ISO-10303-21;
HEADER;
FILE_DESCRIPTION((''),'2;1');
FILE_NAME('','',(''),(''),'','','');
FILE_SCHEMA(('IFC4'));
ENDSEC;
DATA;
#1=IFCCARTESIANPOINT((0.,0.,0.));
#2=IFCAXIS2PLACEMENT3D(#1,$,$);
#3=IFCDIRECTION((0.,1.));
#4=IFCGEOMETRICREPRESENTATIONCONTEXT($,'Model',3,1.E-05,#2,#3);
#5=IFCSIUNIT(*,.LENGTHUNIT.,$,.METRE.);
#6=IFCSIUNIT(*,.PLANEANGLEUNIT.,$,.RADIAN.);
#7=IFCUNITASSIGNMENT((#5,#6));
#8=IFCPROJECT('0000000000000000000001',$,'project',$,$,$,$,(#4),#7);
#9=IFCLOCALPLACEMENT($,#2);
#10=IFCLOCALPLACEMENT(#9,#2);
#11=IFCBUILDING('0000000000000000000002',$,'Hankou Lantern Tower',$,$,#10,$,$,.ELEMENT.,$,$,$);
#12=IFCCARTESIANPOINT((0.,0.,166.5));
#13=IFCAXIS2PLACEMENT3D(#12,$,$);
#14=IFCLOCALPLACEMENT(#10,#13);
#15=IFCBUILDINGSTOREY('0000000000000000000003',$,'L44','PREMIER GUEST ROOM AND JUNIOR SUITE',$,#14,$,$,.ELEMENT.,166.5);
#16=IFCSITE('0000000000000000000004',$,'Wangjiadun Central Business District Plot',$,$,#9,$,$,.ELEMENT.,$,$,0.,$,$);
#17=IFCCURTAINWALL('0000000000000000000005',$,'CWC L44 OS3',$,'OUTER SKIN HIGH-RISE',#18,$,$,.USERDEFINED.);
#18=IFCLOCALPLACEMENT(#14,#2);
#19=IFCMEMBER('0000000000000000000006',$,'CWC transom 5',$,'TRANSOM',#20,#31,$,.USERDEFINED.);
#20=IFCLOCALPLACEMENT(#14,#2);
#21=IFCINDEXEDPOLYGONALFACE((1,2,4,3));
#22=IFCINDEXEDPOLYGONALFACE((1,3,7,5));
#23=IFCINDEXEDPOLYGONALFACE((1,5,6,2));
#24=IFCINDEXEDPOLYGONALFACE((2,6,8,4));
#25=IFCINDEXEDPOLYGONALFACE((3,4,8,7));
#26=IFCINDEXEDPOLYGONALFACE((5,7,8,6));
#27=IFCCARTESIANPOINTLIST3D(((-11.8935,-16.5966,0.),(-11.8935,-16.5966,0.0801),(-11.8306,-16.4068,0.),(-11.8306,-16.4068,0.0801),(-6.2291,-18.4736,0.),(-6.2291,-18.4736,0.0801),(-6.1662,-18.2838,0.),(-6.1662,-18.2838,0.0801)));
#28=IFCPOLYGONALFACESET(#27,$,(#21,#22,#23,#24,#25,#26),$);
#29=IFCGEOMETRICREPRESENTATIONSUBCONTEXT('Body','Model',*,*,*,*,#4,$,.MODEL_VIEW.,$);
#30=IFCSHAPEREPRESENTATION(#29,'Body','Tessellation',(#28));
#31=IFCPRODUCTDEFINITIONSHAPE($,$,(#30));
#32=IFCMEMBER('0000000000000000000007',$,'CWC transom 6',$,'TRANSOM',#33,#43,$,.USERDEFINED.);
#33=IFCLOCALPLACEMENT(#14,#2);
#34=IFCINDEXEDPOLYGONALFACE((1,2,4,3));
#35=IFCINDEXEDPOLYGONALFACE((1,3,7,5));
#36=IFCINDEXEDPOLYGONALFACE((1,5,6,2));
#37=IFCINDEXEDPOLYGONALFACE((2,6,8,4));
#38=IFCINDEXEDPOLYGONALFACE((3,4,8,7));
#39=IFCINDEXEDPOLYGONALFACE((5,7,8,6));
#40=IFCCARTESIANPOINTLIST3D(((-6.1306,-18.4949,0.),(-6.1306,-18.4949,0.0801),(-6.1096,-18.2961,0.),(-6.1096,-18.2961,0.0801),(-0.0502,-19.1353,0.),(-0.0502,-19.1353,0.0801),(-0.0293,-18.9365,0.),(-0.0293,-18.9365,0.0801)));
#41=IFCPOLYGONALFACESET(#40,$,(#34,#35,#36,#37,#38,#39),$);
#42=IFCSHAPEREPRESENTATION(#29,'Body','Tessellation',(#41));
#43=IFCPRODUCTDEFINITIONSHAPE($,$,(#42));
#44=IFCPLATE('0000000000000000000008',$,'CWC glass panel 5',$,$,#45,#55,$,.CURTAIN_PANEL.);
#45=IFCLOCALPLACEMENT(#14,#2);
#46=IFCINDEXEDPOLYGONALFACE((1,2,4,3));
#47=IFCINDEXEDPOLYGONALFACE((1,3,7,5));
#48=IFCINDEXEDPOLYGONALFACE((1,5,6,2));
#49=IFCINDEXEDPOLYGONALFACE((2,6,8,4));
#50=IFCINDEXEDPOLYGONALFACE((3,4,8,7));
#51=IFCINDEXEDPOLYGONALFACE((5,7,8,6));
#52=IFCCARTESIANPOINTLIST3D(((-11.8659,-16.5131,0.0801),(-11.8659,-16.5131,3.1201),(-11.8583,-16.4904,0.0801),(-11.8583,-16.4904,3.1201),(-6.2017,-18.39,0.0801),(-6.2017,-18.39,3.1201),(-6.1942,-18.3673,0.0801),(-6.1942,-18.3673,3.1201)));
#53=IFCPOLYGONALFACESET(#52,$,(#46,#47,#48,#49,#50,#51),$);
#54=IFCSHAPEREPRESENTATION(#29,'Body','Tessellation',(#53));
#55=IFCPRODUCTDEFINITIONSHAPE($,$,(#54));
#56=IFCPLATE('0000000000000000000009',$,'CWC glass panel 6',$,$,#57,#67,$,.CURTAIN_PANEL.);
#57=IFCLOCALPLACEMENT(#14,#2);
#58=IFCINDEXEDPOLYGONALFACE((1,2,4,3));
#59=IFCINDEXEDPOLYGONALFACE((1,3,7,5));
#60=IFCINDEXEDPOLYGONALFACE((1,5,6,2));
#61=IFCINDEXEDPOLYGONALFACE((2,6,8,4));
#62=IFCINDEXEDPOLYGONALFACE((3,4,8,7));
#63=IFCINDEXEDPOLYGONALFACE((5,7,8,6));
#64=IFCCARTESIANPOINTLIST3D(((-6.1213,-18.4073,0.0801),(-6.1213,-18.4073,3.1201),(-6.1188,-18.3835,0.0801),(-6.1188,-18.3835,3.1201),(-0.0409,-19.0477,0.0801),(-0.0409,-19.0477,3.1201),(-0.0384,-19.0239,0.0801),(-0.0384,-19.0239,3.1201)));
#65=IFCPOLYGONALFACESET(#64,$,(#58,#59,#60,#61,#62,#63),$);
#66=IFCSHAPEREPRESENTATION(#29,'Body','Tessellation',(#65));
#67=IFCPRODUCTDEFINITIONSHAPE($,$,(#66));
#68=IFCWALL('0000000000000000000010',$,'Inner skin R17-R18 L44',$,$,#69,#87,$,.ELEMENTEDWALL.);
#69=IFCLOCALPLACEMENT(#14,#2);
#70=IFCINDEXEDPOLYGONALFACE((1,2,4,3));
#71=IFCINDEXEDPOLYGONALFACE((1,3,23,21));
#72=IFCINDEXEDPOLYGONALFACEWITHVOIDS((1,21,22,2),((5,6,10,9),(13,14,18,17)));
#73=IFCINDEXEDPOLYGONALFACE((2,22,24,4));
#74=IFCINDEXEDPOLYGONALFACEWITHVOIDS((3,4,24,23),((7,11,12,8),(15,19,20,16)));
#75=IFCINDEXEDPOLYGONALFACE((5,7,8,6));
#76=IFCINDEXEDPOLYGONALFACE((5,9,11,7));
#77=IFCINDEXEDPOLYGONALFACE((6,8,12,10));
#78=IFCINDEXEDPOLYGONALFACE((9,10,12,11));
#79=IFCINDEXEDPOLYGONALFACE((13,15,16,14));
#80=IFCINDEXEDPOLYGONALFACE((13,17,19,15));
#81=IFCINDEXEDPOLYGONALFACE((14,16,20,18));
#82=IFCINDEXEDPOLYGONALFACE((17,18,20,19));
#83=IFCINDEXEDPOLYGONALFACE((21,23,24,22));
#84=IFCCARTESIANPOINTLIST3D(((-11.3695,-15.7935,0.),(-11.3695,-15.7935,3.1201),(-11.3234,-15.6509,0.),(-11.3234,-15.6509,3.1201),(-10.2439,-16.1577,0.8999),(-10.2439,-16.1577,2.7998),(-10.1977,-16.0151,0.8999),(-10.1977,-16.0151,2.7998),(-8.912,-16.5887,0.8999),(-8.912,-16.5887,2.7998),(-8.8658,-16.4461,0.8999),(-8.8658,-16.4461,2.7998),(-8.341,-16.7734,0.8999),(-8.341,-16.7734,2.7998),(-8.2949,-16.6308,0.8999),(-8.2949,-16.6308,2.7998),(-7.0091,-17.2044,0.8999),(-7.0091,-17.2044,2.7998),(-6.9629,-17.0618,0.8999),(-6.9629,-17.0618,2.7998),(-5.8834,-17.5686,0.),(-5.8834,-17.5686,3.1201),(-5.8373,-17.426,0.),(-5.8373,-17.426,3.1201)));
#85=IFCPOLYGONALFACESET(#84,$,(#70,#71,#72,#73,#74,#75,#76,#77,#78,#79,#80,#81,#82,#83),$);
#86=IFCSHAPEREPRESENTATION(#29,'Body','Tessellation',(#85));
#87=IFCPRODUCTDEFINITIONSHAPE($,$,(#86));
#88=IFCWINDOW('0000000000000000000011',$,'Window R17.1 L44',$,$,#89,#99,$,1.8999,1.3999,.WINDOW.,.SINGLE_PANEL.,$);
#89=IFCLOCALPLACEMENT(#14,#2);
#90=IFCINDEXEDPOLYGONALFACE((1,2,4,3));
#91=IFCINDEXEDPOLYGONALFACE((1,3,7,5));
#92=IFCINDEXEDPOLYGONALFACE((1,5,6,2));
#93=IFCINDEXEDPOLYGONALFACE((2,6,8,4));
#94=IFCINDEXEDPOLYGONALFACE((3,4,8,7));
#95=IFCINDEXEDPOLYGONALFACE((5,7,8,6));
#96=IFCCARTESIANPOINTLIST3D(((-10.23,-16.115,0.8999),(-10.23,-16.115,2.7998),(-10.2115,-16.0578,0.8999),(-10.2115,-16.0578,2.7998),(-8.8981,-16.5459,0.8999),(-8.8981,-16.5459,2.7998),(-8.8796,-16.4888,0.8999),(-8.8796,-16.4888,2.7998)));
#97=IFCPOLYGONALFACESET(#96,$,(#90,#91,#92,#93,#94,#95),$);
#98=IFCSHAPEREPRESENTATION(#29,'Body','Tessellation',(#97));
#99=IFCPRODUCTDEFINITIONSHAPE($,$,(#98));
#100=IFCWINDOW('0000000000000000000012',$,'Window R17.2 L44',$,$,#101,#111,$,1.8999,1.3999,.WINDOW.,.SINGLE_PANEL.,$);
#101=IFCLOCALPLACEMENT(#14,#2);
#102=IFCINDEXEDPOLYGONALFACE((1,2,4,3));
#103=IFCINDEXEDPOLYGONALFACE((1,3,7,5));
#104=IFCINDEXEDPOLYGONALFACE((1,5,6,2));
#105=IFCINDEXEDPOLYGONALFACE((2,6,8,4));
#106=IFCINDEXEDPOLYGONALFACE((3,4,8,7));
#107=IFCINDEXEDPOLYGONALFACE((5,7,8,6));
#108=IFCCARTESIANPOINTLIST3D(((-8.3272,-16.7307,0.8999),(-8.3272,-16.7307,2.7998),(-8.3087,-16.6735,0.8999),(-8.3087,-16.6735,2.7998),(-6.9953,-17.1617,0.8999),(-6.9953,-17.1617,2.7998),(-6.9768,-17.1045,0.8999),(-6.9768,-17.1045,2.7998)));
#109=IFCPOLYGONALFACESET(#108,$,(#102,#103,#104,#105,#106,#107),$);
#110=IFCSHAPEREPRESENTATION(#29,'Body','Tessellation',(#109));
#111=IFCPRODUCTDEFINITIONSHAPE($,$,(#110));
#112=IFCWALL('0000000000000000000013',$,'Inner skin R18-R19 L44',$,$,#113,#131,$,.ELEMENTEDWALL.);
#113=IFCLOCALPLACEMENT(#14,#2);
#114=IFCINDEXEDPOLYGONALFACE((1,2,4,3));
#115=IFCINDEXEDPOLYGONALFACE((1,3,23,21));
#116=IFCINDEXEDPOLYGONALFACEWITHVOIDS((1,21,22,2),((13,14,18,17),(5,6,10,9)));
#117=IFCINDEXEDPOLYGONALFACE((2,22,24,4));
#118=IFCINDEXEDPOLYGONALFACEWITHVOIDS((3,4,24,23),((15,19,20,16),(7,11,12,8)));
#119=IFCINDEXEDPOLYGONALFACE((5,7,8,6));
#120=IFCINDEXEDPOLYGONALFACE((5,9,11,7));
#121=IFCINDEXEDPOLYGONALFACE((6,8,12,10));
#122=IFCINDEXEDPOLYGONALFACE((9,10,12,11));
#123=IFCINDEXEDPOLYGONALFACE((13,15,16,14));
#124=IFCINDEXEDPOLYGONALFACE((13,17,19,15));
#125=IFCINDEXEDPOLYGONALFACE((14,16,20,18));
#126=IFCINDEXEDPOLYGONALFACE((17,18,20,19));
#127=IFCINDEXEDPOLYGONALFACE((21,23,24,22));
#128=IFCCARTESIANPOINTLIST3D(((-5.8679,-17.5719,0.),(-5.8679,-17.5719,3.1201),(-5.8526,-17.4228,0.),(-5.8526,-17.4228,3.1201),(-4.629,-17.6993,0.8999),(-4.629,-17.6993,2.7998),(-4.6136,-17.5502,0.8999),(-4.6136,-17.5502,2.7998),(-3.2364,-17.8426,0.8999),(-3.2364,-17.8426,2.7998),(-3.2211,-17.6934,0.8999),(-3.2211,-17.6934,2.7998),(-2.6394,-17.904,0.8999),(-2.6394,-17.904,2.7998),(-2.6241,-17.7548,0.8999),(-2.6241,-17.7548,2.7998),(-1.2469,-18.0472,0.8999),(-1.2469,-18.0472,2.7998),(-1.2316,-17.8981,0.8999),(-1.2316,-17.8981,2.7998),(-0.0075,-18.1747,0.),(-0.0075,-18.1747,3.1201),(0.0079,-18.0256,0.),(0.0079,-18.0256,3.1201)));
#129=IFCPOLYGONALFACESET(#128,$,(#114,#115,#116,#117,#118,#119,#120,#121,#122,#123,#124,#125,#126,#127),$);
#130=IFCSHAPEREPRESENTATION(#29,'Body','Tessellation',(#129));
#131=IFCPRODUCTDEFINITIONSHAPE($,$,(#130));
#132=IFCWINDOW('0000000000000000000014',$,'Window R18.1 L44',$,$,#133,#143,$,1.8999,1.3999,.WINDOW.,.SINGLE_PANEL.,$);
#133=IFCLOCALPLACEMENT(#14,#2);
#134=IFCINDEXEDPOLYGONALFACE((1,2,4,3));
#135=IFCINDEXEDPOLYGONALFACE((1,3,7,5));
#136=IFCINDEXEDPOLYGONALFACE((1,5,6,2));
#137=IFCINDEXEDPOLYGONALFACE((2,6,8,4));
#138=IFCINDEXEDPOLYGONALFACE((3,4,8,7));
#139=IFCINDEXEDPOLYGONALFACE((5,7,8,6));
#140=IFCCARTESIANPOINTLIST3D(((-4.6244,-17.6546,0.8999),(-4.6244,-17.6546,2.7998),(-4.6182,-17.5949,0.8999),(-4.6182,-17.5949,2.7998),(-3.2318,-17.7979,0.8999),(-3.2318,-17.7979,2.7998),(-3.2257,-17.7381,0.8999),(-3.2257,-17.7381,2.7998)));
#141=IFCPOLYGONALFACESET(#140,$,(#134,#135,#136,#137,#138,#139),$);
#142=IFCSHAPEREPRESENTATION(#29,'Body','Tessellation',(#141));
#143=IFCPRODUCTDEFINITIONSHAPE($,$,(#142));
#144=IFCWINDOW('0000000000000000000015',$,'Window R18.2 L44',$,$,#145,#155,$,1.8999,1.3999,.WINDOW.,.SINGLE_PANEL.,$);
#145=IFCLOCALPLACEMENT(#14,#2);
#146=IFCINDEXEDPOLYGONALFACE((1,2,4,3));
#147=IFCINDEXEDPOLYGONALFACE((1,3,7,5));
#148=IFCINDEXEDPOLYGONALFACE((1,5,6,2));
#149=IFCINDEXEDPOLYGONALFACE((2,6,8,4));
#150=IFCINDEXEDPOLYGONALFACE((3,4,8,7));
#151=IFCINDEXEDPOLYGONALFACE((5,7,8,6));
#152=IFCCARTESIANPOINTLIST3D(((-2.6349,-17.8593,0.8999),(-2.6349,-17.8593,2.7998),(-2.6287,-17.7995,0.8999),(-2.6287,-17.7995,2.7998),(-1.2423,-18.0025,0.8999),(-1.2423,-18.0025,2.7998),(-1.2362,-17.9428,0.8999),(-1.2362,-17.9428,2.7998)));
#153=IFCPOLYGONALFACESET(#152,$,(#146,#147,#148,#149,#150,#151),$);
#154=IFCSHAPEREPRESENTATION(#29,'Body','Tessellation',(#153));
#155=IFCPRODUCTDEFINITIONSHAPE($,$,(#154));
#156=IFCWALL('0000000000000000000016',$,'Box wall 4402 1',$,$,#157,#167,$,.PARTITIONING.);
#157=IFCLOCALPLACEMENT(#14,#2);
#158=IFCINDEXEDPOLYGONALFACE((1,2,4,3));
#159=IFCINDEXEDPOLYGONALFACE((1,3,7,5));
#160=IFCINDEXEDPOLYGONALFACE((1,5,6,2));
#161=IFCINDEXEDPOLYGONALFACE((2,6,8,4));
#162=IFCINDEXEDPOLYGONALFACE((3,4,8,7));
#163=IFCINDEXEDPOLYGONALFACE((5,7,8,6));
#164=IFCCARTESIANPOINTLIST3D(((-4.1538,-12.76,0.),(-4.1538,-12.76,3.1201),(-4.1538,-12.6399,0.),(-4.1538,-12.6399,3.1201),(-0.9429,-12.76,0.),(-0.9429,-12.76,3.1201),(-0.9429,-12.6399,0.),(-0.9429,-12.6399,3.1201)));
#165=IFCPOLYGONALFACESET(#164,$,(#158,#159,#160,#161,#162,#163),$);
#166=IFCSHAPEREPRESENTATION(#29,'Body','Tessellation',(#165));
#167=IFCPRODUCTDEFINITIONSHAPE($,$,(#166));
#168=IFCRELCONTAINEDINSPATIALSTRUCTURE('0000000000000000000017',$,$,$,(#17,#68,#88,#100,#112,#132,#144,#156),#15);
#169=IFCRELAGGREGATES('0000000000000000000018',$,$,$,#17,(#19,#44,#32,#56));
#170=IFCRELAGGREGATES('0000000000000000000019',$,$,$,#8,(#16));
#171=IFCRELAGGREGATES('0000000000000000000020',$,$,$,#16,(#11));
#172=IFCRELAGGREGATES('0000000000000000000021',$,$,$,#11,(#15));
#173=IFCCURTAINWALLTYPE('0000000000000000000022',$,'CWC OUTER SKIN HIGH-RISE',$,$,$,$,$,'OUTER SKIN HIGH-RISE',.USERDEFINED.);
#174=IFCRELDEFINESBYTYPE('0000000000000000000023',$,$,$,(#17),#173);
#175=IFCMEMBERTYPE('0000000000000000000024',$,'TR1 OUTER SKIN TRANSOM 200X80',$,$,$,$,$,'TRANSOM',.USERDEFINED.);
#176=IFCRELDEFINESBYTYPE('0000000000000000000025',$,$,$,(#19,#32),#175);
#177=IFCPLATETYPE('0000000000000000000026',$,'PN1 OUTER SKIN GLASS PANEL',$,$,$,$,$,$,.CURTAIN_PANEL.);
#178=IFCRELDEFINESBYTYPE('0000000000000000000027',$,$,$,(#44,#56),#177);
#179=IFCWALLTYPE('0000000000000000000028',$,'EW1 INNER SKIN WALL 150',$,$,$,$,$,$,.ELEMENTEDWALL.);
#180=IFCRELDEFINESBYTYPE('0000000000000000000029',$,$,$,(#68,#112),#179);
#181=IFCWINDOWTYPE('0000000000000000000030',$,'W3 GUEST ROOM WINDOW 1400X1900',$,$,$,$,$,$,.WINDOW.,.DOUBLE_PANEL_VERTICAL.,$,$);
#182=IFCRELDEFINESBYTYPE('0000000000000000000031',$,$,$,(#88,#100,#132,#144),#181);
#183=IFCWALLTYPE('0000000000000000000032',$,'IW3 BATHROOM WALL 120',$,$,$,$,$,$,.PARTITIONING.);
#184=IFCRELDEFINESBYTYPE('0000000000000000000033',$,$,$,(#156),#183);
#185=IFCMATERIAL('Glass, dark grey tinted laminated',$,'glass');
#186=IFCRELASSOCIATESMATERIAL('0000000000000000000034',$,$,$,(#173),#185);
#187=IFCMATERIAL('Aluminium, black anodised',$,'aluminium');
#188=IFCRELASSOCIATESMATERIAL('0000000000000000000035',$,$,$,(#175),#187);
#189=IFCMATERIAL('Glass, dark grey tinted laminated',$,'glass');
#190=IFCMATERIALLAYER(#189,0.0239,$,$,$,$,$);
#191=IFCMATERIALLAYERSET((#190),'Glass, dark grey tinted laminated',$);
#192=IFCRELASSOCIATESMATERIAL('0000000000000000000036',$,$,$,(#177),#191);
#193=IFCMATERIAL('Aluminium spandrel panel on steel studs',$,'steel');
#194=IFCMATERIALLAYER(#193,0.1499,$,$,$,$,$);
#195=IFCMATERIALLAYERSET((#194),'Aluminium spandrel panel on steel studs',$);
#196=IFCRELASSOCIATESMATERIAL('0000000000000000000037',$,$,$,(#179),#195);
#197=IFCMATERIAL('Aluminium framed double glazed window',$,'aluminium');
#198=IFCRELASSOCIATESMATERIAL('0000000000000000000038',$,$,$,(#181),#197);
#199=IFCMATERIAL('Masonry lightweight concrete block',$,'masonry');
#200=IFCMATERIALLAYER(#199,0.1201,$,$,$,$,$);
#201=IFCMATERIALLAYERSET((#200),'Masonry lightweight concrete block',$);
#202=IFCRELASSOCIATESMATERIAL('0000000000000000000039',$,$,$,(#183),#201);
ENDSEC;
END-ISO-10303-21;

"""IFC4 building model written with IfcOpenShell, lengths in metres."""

from ifc_helpers import new_model, si_unit, direction, frame, frame_2d, origin, origin_2d, place, context, subcontext, project, spatial, rectangle, extrude, material, layer, layer_set, material_profile, profile_set, type_object, element, fill, aggregate, save


model = new_model("IFC4")

# Units and contexts
model_context = context("Model", 3, precision=1e-05, world=origin(), true_north=direction((0.0, 1.0)))
body_context = subcontext(model_context, "Body", "Model", "MODEL_VIEW")
ifc_project = project(units=[si_unit("LENGTHUNIT", "METRE"), si_unit("PLANEANGLEUNIT", "RADIAN")], contexts=[model_context])

# Site, building, storey
site_placement = place(None, origin())
site = spatial("IfcSite", under=ifc_project, at=site_placement, Name="Wangjiadun Central Business District Plot", CompositionType="ELEMENT", RefElevation=0.0)
building_placement = place(site_placement, origin())
building = spatial("IfcBuilding", under=site, at=building_placement, Name="Hankou Lantern Tower", CompositionType="ELEMENT")
storey_placement = place(building_placement, frame((0.0, 0.0, 166.5)))
storey = spatial("IfcBuildingStorey", under=building, at=storey_placement, Name="L44", Description="PREMIER GUEST ROOM AND JUNIOR SUITE", CompositionType="ELEMENT", Elevation=166.5)

# Curtain wall
ifc_material_1 = material(Name="Glass, dark grey tinted laminated", Category="glass")
curtain_wall_type = type_object("IfcCurtainWallType", Name="CWC OUTER SKIN HIGH-RISE", ElementType="OUTER SKIN HIGH-RISE", PredefinedType="USERDEFINED", material=ifc_material_1)
curtain_wall_placement = place(storey_placement, origin())
curtain_wall = element("IfcCurtainWall", 1, at=curtain_wall_placement, inside=storey, type_object=curtain_wall_type, Name="CWC L44 OS3", ObjectType="OUTER SKIN HIGH-RISE", PredefinedType="USERDEFINED")

# Members
ifc_material_2 = material(Name="Aluminium, black anodised", Category="aluminium")
ifc_material_profile_1 = material_profile(ifc_material_2, rectangle(XDim=0.2, YDim=0.0801, at=origin_2d()), Name="TR1 200X80")
ifc_profile_set_1 = profile_set([ifc_material_profile_1], Name="Aluminium, black anodised")
member_type_1 = type_object("IfcMemberType", Name="TR1 OUTER SKIN TRANSOM 200X80", ElementType="TRANSOM", PredefinedType="USERDEFINED", material=ifc_profile_set_1)
member_1_placement = place(storey_placement, frame((-11.8621, -16.5017, 0.04), z_axis=(0.949242, -0.314546, 0.0), x_axis=(0.314546, 0.949242, 0.0)))
member_1 = element("IfcMember", 2, at=member_1_placement, type_object=member_type_1, Name="CWC transom 5", ObjectType="TRANSOM", PredefinedType="USERDEFINED", context=body_context, shape_type="SweptSolid", body=[
    extrude(rectangle(XDim=0.2, YDim=0.0801, at=origin_2d()), origin(), (0.0, 0.0, 1.0), 5.9673),
])
member_2_placement = place(storey_placement, frame((-6.1201, -18.3955, 0.04), z_axis=(0.9945, -0.104741, 0.0), x_axis=(0.104741, 0.9945, 0.0)))
member_2 = element("IfcMember", 3, at=member_2_placement, type_object=member_type_1, Name="CWC transom 6", ObjectType="TRANSOM", PredefinedType="USERDEFINED", context=body_context, shape_type="SweptSolid", body=[
    extrude(rectangle(XDim=0.2, YDim=0.0801, at=origin_2d()), origin(), (0.0, 0.0, 1.0), 6.114),
])

# Plates
ifc_material_3 = material(Name="Glass, dark grey tinted laminated", Category="glass")
ifc_layer_1 = layer(ifc_material_3, 0.0239)
ifc_layer_set_1 = layer_set([ifc_layer_1], Name="Glass, dark grey tinted laminated")
plate_type = type_object("IfcPlateType", Name="PN1 OUTER SKIN GLASS PANEL", PredefinedType="CURTAIN_PANEL", material=ifc_layer_set_1)
plate_1_placement = place(storey_placement, frame((-9.03, -17.4402, 0.0801), z_axis=(0.0, 0.0, 1.0), x_axis=(0.949241, -0.314551, 0.0)))
plate_1 = element("IfcPlate", 4, at=plate_1_placement, type_object=plate_type, Name="CWC glass panel 5", PredefinedType="CURTAIN_PANEL", context=body_context, shape_type="SweptSolid", body=[
    extrude(rectangle(XDim=5.967, YDim=0.0239, at=origin_2d()), origin(), (0.0, 0.0, 1.0), 3.04),
])
plate_2_placement = place(storey_placement, frame((-3.0798, -18.7156, 0.0801), z_axis=(0.0, 0.0, 1.0), x_axis=(0.994499, -0.104743, 0.0)))
plate_2 = element("IfcPlate", 5, at=plate_2_placement, type_object=plate_type, Name="CWC glass panel 6", PredefinedType="CURTAIN_PANEL", context=body_context, shape_type="SweptSolid", body=[
    extrude(rectangle(XDim=6.114, YDim=0.0239, at=origin_2d()), origin(), (0.0, 0.0, 1.0), 3.04),
])
aggregate(curtain_wall, [member_1, plate_1, member_2, plate_2])

# Walls, openings, windows
ifc_material_4 = material(Name="Aluminium spandrel panel on steel studs", Category="steel")
ifc_layer_2 = layer(ifc_material_4, 0.1499)
ifc_layer_set_2 = layer_set([ifc_layer_2], Name="Aluminium spandrel panel on steel studs")
wall_type_1 = type_object("IfcWallType", Name="EW1 INNER SKIN WALL 150", PredefinedType="ELEMENTEDWALL", material=ifc_layer_set_2)
wall_1_placement = place(storey_placement, frame((-11.3464, -15.7222, 0.0), z_axis=(0.0, 0.0, 1.0), x_axis=(0.951432, -0.307857, 0.0)))
wall_1 = element("IfcWall", 6, at=wall_1_placement, inside=storey, type_object=wall_type_1, Name="Inner skin R17-R18 L44", PredefinedType="ELEMENTEDWALL", context=body_context, shape_type="SweptSolid", body=[
    extrude(rectangle(XDim=5.7661, YDim=0.1499, at=frame_2d((2.8831, 0.0))), origin(), (0.0, 0.0, 1.0), 3.1201),
])
opening_1_placement = place(wall_1_placement, frame((1.1831, 0.0, 0.8999)))
opening_1 = element("IfcOpeningElement", 7, at=opening_1_placement, cuts=wall_1, PredefinedType="OPENING", context=body_context, shape_type="SweptSolid", body=[
    extrude(rectangle(XDim=1.3999, YDim=1.8999, at=frame_2d((0.7, 0.95))), frame((0.0, 0.085, 0.0), z_axis=(0.0, -1.0, 0.0), x_axis=(1.0, 0.0, 0.0)), (0.0, 0.0, 1.0), 0.1699),
])
opening_2_placement = place(wall_1_placement, frame((3.1831, 0.0, 0.8999)))
opening_2 = element("IfcOpeningElement", 8, at=opening_2_placement, cuts=wall_1, PredefinedType="OPENING", context=body_context, shape_type="SweptSolid", body=[
    extrude(rectangle(XDim=1.3999, YDim=1.8999, at=frame_2d((0.7, 0.95))), frame((0.0, 0.085, 0.0), z_axis=(0.0, -1.0, 0.0), x_axis=(1.0, 0.0, 0.0)), (0.0, 0.0, 1.0), 0.1699),
])
ifc_material_5 = material(Name="Aluminium framed double glazed window", Category="aluminium")
window_type = type_object("IfcWindowType", Name="W3 GUEST ROOM WINDOW 1400X1900", PartitioningType="DOUBLE_PANEL_VERTICAL", PredefinedType="WINDOW", material=ifc_material_5)
window_1_placement = place(opening_1_placement, origin())
window_1 = element("IfcWindow", 9, at=window_1_placement, inside=storey, type_object=window_type, Name="Window R17.1 L44", OverallHeight=1.8999, OverallWidth=1.3999, PartitioningType="SINGLE_PANEL", PredefinedType="WINDOW", context=body_context, shape_type="SweptSolid", body=[
    extrude(rectangle(XDim=1.3999, YDim=1.8999, at=frame_2d((0.7, 0.95))), frame((0.0, 0.03, 0.0), z_axis=(0.0, -1.0, 0.0), x_axis=(1.0, 0.0, 0.0)), (0.0, 0.0, 1.0), 0.0601),
])
fill(opening_1, window_1)
window_2_placement = place(opening_2_placement, origin())
window_2 = element("IfcWindow", 10, at=window_2_placement, inside=storey, type_object=window_type, Name="Window R17.2 L44", OverallHeight=1.8999, OverallWidth=1.3999, PartitioningType="SINGLE_PANEL", PredefinedType="WINDOW", context=body_context, shape_type="SweptSolid", body=[
    extrude(rectangle(XDim=1.3999, YDim=1.8999, at=frame_2d((0.7, 0.95))), frame((0.0, 0.03, 0.0), z_axis=(0.0, -1.0, 0.0), x_axis=(1.0, 0.0, 0.0)), (0.0, 0.0, 1.0), 0.0601),
])
fill(opening_2, window_2)
wall_2_placement = place(storey_placement, frame((-5.8604, -17.4973, 0.0), z_axis=(0.0, 0.0, 1.0), x_axis=(0.994752, -0.102318, 0.0)))
wall_2 = element("IfcWall", 11, at=wall_2_placement, inside=storey, type_object=wall_type_1, Name="Inner skin R18-R19 L44", PredefinedType="ELEMENTEDWALL", context=body_context, shape_type="SweptSolid", body=[
    extrude(rectangle(XDim=5.8914, YDim=0.1499, at=frame_2d((2.9458, 0.0))), origin(), (0.0, 0.0, 1.0), 3.1201),
])
opening_3_placement = place(wall_2_placement, frame((1.2456, 0.0, 0.8999)))
opening_3 = element("IfcOpeningElement", 12, at=opening_3_placement, cuts=wall_2, PredefinedType="OPENING", context=body_context, shape_type="SweptSolid", body=[
    extrude(rectangle(XDim=1.3999, YDim=1.8999, at=frame_2d((0.7, 0.95))), frame((0.0, 0.085, 0.0), z_axis=(0.0, -1.0, 0.0), x_axis=(1.0, 0.0, 0.0)), (0.0, 0.0, 1.0), 0.1699),
])
opening_4_placement = place(wall_2_placement, frame((3.2456, 0.0, 0.8999)))
opening_4 = element("IfcOpeningElement", 13, at=opening_4_placement, cuts=wall_2, PredefinedType="OPENING", context=body_context, shape_type="SweptSolid", body=[
    extrude(rectangle(XDim=1.3999, YDim=1.8999, at=frame_2d((0.7, 0.95))), frame((0.0, 0.085, 0.0), z_axis=(0.0, -1.0, 0.0), x_axis=(1.0, 0.0, 0.0)), (0.0, 0.0, 1.0), 0.1699),
])
window_3_placement = place(opening_3_placement, origin())
window_3 = element("IfcWindow", 14, at=window_3_placement, inside=storey, type_object=window_type, Name="Window R18.1 L44", OverallHeight=1.8999, OverallWidth=1.3999, PartitioningType="SINGLE_PANEL", PredefinedType="WINDOW", context=body_context, shape_type="SweptSolid", body=[
    extrude(rectangle(XDim=1.3999, YDim=1.8999, at=frame_2d((0.7, 0.95))), frame((0.0, 0.03, 0.0), z_axis=(0.0, -1.0, 0.0), x_axis=(1.0, 0.0, 0.0)), (0.0, 0.0, 1.0), 0.0601),
])
fill(opening_3, window_3)
window_4_placement = place(opening_4_placement, origin())
window_4 = element("IfcWindow", 15, at=window_4_placement, inside=storey, type_object=window_type, Name="Window R18.2 L44", OverallHeight=1.8999, OverallWidth=1.3999, PartitioningType="SINGLE_PANEL", PredefinedType="WINDOW", context=body_context, shape_type="SweptSolid", body=[
    extrude(rectangle(XDim=1.3999, YDim=1.8999, at=frame_2d((0.7, 0.95))), frame((0.0, 0.03, 0.0), z_axis=(0.0, -1.0, 0.0), x_axis=(1.0, 0.0, 0.0)), (0.0, 0.0, 1.0), 0.0601),
])
fill(opening_4, window_4)

# Wall
ifc_material_6 = material(Name="Masonry lightweight concrete block", Category="masonry")
ifc_layer_3 = layer(ifc_material_6, 0.1201)
ifc_layer_set_3 = layer_set([ifc_layer_3], Name="Masonry lightweight concrete block")
wall_type_2 = type_object("IfcWallType", Name="IW3 BATHROOM WALL 120", PredefinedType="PARTITIONING", material=ifc_layer_set_3)
wall_3_placement = place(storey_placement, frame((-4.1538, -12.7, 0.0), z_axis=(0.0, 0.0, 1.0), x_axis=(1.0, 0.0, 0.0)))
element("IfcWall", 16, at=wall_3_placement, inside=storey, type_object=wall_type_2, Name="Box wall 4402 1", PredefinedType="PARTITIONING", context=body_context, shape_type="SweptSolid", body=[
    extrude(rectangle(XDim=3.2109, YDim=0.1201, at=frame_2d((1.6055, 0.0))), origin(), (0.0, 0.0, 1.0), 3.1201),
])

save(model, "model.ifc")
